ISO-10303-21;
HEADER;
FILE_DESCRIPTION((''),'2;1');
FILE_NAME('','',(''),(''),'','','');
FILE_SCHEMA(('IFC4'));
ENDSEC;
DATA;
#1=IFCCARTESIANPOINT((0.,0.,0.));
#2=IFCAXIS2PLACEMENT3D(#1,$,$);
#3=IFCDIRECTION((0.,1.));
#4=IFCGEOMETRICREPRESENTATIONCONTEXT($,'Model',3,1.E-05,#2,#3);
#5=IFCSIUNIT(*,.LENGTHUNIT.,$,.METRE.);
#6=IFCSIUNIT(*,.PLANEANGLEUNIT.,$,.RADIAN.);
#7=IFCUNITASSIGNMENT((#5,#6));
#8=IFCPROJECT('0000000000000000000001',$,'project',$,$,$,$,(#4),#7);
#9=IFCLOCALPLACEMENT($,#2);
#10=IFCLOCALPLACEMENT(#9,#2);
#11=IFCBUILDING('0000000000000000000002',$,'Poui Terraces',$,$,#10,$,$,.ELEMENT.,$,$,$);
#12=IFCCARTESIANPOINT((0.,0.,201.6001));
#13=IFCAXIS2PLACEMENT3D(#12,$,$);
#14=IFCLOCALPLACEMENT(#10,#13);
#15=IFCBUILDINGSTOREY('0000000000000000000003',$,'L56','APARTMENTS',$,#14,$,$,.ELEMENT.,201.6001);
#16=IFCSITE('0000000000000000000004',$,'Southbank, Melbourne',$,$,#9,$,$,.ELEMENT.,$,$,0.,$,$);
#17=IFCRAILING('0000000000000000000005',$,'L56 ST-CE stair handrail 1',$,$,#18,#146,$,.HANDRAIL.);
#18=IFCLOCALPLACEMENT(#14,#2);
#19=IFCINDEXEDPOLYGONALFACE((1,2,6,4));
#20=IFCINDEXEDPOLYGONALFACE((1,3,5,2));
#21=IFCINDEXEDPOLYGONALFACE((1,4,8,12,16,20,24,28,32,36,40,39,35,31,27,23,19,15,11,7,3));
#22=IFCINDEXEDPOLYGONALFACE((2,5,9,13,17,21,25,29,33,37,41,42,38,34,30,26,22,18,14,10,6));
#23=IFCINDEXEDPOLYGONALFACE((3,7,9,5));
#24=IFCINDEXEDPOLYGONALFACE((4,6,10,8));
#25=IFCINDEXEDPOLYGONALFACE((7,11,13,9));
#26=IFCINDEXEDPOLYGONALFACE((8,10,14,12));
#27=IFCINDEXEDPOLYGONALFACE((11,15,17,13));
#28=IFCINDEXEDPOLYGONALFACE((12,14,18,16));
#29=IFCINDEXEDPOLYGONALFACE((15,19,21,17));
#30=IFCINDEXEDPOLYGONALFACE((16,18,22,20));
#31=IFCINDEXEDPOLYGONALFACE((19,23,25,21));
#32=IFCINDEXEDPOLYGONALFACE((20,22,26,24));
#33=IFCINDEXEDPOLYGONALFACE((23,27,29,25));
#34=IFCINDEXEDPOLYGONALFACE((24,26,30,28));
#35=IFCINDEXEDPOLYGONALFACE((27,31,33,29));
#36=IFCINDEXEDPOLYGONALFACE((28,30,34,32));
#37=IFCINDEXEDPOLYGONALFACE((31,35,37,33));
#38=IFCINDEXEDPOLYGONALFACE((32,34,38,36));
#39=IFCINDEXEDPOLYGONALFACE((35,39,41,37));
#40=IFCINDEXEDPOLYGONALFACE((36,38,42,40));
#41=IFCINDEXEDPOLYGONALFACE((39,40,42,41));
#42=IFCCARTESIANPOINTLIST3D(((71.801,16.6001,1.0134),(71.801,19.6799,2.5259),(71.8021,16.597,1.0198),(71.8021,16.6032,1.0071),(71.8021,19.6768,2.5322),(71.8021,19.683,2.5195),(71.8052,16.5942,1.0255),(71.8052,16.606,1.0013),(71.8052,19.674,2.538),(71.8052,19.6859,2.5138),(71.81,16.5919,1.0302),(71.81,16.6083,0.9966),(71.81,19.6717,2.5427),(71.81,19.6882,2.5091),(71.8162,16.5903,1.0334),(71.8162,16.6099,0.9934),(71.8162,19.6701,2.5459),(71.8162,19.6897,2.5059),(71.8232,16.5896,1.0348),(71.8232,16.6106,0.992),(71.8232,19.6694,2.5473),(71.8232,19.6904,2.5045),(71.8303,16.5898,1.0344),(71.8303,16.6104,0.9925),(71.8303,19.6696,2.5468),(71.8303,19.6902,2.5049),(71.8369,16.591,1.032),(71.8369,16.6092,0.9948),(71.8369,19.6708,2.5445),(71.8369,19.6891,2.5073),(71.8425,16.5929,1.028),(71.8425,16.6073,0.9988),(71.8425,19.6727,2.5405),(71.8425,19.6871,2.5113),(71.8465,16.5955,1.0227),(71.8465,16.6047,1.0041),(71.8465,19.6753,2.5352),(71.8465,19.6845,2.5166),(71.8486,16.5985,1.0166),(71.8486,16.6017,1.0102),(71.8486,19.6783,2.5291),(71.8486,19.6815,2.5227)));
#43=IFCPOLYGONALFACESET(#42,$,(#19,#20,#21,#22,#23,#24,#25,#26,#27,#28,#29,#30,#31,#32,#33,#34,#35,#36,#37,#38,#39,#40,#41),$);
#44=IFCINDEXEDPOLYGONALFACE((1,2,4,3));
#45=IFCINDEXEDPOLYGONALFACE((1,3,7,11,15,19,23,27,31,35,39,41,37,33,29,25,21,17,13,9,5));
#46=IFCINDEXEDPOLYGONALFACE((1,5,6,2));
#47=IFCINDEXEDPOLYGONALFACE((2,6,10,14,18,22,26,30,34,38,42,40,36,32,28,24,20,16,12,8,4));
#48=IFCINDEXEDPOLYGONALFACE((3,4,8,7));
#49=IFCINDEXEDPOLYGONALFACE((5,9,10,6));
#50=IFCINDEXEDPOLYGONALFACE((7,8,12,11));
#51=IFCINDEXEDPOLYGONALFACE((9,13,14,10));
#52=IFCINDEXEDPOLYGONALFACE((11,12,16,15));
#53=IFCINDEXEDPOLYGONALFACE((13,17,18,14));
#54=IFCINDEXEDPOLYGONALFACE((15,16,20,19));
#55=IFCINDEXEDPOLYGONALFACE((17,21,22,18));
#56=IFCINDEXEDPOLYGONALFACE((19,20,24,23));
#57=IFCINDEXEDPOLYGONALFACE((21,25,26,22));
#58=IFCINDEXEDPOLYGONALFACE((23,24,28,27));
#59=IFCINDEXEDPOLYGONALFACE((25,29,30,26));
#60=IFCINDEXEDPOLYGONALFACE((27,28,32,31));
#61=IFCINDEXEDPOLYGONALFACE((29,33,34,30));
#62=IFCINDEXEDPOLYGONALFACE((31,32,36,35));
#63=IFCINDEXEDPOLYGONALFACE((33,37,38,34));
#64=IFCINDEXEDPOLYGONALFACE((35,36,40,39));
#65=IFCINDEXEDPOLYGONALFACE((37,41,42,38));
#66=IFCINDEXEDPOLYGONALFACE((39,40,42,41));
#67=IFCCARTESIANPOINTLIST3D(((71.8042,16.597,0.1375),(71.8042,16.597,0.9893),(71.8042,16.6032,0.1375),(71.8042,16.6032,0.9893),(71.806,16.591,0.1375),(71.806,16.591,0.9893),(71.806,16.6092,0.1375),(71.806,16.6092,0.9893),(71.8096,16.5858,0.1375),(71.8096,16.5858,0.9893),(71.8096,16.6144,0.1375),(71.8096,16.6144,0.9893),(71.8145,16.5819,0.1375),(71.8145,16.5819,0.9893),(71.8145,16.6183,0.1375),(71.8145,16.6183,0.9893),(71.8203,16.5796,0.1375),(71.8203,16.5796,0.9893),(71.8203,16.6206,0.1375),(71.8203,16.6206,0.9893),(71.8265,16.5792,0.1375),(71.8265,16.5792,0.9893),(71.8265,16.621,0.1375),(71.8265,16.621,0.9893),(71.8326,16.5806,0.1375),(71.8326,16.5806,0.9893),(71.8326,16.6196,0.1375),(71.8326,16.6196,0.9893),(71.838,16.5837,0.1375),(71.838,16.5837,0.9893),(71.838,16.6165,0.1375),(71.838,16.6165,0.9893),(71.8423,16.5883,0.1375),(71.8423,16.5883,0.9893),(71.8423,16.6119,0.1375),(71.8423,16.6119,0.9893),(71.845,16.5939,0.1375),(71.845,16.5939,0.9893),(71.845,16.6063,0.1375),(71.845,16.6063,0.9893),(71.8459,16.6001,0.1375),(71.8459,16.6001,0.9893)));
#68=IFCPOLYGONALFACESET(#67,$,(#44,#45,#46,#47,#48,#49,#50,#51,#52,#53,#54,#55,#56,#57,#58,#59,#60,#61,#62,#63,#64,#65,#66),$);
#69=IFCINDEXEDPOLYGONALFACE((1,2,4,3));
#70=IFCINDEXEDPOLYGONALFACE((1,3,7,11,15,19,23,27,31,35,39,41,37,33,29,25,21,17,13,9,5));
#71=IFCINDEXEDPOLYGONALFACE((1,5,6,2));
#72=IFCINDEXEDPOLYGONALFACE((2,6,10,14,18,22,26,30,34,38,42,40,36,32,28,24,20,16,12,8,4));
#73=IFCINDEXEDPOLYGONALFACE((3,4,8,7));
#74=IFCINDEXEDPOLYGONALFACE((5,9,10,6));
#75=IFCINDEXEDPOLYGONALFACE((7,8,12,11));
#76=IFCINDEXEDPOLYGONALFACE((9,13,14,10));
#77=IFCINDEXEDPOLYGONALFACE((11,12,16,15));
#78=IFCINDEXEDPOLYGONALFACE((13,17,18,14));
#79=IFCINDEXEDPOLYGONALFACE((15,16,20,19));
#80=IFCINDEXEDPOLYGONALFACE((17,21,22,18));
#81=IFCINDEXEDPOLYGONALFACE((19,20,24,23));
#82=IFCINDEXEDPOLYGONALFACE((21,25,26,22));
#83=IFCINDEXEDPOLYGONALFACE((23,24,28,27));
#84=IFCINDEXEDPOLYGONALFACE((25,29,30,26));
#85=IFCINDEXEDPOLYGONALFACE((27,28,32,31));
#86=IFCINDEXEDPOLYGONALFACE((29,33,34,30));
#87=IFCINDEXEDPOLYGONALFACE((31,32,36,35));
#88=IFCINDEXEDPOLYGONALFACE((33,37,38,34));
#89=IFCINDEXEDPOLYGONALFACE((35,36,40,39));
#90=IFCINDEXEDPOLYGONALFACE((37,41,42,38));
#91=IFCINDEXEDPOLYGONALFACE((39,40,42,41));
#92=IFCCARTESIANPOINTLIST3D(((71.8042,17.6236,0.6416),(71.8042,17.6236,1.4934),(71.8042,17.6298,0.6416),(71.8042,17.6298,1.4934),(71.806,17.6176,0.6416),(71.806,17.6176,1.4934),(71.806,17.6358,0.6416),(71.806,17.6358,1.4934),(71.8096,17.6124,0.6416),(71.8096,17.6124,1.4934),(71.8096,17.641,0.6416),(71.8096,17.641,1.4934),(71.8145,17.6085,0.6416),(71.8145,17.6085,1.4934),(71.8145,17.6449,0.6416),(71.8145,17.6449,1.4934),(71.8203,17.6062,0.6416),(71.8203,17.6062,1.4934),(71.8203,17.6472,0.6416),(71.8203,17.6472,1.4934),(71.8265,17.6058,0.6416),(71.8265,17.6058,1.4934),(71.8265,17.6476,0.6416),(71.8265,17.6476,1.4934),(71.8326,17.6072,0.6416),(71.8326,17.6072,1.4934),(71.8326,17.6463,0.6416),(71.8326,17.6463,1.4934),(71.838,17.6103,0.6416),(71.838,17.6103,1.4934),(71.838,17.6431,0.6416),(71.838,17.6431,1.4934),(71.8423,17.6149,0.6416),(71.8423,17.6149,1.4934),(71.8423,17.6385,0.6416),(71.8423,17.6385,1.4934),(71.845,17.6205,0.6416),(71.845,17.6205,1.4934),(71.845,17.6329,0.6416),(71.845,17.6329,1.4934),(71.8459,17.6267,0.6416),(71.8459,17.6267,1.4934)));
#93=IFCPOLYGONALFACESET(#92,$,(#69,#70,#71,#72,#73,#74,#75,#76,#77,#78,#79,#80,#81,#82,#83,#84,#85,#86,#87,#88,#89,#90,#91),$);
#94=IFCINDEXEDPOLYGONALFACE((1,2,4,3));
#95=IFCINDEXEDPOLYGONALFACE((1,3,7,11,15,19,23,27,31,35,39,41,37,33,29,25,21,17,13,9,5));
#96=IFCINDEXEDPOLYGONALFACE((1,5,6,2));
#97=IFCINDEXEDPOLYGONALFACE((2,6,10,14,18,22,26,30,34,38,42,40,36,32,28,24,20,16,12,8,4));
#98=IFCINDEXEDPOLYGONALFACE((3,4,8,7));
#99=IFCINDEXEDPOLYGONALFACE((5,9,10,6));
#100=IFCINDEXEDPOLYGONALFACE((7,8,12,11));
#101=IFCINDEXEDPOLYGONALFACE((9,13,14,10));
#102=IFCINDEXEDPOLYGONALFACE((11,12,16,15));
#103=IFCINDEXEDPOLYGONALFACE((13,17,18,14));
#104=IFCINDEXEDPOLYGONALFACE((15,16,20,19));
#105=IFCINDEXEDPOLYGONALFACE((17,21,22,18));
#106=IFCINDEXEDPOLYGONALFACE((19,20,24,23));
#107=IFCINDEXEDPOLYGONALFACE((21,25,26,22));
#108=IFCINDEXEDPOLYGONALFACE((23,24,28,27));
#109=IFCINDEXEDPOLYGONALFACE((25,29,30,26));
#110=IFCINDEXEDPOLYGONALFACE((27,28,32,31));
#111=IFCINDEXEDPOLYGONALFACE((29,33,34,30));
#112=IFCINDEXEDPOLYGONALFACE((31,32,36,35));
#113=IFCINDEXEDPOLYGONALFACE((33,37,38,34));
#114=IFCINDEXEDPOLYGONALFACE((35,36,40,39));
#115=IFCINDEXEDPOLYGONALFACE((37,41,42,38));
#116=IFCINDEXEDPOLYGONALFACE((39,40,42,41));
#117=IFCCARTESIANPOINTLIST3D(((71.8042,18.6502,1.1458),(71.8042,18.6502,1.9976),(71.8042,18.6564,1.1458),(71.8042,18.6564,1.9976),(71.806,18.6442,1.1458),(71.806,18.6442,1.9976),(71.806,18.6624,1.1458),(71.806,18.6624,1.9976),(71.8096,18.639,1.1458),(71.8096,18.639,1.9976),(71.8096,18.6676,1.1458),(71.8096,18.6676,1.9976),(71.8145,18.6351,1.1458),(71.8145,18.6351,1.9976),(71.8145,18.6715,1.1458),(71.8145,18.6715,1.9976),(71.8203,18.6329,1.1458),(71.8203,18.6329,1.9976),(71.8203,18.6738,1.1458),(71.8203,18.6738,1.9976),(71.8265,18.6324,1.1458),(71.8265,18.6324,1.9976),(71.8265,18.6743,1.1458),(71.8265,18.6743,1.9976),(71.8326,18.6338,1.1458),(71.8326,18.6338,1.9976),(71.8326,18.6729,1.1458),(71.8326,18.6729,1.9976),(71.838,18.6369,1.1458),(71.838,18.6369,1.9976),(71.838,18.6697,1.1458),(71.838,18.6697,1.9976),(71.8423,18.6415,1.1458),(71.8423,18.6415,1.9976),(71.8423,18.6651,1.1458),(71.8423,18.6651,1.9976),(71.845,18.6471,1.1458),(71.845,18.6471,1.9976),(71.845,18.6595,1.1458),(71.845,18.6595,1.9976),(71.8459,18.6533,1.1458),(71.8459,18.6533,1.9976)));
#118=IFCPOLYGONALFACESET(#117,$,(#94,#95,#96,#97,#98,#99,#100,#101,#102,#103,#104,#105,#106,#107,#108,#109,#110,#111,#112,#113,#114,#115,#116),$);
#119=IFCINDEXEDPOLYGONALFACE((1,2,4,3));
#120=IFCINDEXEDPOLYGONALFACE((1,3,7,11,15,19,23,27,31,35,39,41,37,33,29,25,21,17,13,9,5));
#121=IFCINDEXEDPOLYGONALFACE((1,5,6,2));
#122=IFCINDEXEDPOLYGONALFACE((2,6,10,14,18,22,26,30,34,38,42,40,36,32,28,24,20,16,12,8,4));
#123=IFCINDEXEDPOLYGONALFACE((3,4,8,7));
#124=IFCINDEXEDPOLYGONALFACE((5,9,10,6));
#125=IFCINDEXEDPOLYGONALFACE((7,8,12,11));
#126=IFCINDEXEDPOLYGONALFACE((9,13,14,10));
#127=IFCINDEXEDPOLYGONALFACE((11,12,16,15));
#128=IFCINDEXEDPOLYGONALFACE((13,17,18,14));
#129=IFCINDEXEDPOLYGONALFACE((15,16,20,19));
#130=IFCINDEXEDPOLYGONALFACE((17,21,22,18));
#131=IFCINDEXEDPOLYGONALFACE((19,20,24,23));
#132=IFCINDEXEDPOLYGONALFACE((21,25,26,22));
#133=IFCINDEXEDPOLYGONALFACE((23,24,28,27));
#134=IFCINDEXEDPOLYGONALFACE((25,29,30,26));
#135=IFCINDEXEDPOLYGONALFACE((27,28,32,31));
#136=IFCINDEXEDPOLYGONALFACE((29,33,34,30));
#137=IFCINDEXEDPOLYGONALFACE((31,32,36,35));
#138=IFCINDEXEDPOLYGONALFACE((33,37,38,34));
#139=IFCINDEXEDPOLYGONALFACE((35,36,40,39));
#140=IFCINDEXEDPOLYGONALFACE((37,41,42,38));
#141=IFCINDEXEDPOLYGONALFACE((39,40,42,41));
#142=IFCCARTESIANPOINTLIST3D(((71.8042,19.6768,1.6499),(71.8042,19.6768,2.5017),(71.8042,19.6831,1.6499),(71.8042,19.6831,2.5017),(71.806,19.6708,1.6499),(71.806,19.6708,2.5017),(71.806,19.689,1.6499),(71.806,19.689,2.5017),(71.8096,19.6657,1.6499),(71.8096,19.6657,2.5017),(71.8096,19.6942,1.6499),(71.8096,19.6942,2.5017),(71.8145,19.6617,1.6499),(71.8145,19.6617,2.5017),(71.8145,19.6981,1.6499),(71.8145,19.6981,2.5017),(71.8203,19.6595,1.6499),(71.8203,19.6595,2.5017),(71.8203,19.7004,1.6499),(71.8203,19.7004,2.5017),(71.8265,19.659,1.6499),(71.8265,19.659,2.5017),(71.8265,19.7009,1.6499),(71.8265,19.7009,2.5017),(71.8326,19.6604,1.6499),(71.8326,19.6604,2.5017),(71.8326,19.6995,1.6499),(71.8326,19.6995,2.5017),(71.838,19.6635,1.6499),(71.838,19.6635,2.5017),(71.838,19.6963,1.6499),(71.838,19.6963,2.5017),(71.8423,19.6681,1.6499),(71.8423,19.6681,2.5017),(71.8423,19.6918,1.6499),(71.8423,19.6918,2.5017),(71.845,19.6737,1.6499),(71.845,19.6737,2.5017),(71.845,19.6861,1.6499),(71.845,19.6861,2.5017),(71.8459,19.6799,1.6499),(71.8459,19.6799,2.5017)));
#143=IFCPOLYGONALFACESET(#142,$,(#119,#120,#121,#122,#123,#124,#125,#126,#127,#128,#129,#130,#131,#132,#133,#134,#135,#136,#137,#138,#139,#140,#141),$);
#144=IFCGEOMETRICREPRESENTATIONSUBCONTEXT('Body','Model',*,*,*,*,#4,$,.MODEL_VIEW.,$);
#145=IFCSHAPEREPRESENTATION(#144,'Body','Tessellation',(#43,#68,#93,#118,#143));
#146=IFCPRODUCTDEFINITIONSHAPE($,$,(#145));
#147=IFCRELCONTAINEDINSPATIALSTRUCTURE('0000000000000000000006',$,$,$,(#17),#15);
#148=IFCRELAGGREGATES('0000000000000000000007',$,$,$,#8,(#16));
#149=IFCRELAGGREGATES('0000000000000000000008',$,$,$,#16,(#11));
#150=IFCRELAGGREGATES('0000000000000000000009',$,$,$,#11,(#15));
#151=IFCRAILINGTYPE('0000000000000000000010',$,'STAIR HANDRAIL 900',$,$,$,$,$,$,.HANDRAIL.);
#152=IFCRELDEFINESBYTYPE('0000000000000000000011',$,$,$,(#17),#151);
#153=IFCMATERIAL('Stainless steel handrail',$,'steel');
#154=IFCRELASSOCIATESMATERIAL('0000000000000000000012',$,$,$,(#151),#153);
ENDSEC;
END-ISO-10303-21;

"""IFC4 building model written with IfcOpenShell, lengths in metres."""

from ifc_helpers import new_model, si_unit, direction, frame, origin, origin_2d, place, context, subcontext, project, spatial, circle, extrude, material, type_object, element, save


model = new_model("IFC4")

# Units and contexts
model_context = context("Model", 3, precision=1e-05, world=origin(), true_north=direction((0.0, 1.0)))
body_context = subcontext(model_context, "Body", "Model", "MODEL_VIEW")
ifc_project = project(units=[si_unit("LENGTHUNIT", "METRE"), si_unit("PLANEANGLEUNIT", "RADIAN")], contexts=[model_context])

# Site, building, storey
site_placement = place(None, origin())
site = spatial("IfcSite", under=ifc_project, at=site_placement, Name="Southbank, Melbourne", CompositionType="ELEMENT", RefElevation=0.0)
building_placement = place(site_placement, origin())
building = spatial("IfcBuilding", under=site, at=building_placement, Name="Poui Terraces", CompositionType="ELEMENT")
storey_placement = place(building_placement, frame((0.0, 0.0, 201.6001)))
storey = spatial("IfcBuildingStorey", under=building, at=storey_placement, Name="L56", Description="APARTMENTS", CompositionType="ELEMENT", Elevation=201.6001)

# Railing
ifc_material_1 = material(Name="Stainless steel handrail", Category="steel")
railing_type_1 = type_object("IfcRailingType", Name="STAIR HANDRAIL 900", PredefinedType="HANDRAIL", material=ifc_material_1)
railing_1_placement = place(storey_placement, frame((71.825, 16.6001, 0.1375)))
element("IfcRailing", 1, at=railing_1_placement, inside=storey, type_object=railing_type_1, Name="L56 ST-CE stair handrail 1", PredefinedType="HANDRAIL", context=body_context, shape_type="SweptSolid", body=[
    extrude(circle(Radius=0.0239, at=origin_2d()), frame((0.0, 0.0, 0.876), z_axis=(0.0, 0.897606, 0.440798), x_axis=(-1.0, 0.0, 0.0)), (0.0, 0.0, 1.0), 3.4312),
    extrude(circle(Radius=0.021, at=origin_2d()), origin(), (0.0, 0.0, 1.0), 0.8518),
    extrude(circle(Radius=0.021, at=origin_2d()), frame((0.0, 1.0266, 0.5042)), (0.0, 0.0, 1.0), 0.8518),
    extrude(circle(Radius=0.021, at=origin_2d()), frame((0.0, 2.0532, 1.0083)), (0.0, 0.0, 1.0), 0.8518),
    extrude(circle(Radius=0.021, at=origin_2d()), frame((0.0, 3.0798, 1.5125)), (0.0, 0.0, 1.0), 0.8518),
])

save(model, "model.ifc")
